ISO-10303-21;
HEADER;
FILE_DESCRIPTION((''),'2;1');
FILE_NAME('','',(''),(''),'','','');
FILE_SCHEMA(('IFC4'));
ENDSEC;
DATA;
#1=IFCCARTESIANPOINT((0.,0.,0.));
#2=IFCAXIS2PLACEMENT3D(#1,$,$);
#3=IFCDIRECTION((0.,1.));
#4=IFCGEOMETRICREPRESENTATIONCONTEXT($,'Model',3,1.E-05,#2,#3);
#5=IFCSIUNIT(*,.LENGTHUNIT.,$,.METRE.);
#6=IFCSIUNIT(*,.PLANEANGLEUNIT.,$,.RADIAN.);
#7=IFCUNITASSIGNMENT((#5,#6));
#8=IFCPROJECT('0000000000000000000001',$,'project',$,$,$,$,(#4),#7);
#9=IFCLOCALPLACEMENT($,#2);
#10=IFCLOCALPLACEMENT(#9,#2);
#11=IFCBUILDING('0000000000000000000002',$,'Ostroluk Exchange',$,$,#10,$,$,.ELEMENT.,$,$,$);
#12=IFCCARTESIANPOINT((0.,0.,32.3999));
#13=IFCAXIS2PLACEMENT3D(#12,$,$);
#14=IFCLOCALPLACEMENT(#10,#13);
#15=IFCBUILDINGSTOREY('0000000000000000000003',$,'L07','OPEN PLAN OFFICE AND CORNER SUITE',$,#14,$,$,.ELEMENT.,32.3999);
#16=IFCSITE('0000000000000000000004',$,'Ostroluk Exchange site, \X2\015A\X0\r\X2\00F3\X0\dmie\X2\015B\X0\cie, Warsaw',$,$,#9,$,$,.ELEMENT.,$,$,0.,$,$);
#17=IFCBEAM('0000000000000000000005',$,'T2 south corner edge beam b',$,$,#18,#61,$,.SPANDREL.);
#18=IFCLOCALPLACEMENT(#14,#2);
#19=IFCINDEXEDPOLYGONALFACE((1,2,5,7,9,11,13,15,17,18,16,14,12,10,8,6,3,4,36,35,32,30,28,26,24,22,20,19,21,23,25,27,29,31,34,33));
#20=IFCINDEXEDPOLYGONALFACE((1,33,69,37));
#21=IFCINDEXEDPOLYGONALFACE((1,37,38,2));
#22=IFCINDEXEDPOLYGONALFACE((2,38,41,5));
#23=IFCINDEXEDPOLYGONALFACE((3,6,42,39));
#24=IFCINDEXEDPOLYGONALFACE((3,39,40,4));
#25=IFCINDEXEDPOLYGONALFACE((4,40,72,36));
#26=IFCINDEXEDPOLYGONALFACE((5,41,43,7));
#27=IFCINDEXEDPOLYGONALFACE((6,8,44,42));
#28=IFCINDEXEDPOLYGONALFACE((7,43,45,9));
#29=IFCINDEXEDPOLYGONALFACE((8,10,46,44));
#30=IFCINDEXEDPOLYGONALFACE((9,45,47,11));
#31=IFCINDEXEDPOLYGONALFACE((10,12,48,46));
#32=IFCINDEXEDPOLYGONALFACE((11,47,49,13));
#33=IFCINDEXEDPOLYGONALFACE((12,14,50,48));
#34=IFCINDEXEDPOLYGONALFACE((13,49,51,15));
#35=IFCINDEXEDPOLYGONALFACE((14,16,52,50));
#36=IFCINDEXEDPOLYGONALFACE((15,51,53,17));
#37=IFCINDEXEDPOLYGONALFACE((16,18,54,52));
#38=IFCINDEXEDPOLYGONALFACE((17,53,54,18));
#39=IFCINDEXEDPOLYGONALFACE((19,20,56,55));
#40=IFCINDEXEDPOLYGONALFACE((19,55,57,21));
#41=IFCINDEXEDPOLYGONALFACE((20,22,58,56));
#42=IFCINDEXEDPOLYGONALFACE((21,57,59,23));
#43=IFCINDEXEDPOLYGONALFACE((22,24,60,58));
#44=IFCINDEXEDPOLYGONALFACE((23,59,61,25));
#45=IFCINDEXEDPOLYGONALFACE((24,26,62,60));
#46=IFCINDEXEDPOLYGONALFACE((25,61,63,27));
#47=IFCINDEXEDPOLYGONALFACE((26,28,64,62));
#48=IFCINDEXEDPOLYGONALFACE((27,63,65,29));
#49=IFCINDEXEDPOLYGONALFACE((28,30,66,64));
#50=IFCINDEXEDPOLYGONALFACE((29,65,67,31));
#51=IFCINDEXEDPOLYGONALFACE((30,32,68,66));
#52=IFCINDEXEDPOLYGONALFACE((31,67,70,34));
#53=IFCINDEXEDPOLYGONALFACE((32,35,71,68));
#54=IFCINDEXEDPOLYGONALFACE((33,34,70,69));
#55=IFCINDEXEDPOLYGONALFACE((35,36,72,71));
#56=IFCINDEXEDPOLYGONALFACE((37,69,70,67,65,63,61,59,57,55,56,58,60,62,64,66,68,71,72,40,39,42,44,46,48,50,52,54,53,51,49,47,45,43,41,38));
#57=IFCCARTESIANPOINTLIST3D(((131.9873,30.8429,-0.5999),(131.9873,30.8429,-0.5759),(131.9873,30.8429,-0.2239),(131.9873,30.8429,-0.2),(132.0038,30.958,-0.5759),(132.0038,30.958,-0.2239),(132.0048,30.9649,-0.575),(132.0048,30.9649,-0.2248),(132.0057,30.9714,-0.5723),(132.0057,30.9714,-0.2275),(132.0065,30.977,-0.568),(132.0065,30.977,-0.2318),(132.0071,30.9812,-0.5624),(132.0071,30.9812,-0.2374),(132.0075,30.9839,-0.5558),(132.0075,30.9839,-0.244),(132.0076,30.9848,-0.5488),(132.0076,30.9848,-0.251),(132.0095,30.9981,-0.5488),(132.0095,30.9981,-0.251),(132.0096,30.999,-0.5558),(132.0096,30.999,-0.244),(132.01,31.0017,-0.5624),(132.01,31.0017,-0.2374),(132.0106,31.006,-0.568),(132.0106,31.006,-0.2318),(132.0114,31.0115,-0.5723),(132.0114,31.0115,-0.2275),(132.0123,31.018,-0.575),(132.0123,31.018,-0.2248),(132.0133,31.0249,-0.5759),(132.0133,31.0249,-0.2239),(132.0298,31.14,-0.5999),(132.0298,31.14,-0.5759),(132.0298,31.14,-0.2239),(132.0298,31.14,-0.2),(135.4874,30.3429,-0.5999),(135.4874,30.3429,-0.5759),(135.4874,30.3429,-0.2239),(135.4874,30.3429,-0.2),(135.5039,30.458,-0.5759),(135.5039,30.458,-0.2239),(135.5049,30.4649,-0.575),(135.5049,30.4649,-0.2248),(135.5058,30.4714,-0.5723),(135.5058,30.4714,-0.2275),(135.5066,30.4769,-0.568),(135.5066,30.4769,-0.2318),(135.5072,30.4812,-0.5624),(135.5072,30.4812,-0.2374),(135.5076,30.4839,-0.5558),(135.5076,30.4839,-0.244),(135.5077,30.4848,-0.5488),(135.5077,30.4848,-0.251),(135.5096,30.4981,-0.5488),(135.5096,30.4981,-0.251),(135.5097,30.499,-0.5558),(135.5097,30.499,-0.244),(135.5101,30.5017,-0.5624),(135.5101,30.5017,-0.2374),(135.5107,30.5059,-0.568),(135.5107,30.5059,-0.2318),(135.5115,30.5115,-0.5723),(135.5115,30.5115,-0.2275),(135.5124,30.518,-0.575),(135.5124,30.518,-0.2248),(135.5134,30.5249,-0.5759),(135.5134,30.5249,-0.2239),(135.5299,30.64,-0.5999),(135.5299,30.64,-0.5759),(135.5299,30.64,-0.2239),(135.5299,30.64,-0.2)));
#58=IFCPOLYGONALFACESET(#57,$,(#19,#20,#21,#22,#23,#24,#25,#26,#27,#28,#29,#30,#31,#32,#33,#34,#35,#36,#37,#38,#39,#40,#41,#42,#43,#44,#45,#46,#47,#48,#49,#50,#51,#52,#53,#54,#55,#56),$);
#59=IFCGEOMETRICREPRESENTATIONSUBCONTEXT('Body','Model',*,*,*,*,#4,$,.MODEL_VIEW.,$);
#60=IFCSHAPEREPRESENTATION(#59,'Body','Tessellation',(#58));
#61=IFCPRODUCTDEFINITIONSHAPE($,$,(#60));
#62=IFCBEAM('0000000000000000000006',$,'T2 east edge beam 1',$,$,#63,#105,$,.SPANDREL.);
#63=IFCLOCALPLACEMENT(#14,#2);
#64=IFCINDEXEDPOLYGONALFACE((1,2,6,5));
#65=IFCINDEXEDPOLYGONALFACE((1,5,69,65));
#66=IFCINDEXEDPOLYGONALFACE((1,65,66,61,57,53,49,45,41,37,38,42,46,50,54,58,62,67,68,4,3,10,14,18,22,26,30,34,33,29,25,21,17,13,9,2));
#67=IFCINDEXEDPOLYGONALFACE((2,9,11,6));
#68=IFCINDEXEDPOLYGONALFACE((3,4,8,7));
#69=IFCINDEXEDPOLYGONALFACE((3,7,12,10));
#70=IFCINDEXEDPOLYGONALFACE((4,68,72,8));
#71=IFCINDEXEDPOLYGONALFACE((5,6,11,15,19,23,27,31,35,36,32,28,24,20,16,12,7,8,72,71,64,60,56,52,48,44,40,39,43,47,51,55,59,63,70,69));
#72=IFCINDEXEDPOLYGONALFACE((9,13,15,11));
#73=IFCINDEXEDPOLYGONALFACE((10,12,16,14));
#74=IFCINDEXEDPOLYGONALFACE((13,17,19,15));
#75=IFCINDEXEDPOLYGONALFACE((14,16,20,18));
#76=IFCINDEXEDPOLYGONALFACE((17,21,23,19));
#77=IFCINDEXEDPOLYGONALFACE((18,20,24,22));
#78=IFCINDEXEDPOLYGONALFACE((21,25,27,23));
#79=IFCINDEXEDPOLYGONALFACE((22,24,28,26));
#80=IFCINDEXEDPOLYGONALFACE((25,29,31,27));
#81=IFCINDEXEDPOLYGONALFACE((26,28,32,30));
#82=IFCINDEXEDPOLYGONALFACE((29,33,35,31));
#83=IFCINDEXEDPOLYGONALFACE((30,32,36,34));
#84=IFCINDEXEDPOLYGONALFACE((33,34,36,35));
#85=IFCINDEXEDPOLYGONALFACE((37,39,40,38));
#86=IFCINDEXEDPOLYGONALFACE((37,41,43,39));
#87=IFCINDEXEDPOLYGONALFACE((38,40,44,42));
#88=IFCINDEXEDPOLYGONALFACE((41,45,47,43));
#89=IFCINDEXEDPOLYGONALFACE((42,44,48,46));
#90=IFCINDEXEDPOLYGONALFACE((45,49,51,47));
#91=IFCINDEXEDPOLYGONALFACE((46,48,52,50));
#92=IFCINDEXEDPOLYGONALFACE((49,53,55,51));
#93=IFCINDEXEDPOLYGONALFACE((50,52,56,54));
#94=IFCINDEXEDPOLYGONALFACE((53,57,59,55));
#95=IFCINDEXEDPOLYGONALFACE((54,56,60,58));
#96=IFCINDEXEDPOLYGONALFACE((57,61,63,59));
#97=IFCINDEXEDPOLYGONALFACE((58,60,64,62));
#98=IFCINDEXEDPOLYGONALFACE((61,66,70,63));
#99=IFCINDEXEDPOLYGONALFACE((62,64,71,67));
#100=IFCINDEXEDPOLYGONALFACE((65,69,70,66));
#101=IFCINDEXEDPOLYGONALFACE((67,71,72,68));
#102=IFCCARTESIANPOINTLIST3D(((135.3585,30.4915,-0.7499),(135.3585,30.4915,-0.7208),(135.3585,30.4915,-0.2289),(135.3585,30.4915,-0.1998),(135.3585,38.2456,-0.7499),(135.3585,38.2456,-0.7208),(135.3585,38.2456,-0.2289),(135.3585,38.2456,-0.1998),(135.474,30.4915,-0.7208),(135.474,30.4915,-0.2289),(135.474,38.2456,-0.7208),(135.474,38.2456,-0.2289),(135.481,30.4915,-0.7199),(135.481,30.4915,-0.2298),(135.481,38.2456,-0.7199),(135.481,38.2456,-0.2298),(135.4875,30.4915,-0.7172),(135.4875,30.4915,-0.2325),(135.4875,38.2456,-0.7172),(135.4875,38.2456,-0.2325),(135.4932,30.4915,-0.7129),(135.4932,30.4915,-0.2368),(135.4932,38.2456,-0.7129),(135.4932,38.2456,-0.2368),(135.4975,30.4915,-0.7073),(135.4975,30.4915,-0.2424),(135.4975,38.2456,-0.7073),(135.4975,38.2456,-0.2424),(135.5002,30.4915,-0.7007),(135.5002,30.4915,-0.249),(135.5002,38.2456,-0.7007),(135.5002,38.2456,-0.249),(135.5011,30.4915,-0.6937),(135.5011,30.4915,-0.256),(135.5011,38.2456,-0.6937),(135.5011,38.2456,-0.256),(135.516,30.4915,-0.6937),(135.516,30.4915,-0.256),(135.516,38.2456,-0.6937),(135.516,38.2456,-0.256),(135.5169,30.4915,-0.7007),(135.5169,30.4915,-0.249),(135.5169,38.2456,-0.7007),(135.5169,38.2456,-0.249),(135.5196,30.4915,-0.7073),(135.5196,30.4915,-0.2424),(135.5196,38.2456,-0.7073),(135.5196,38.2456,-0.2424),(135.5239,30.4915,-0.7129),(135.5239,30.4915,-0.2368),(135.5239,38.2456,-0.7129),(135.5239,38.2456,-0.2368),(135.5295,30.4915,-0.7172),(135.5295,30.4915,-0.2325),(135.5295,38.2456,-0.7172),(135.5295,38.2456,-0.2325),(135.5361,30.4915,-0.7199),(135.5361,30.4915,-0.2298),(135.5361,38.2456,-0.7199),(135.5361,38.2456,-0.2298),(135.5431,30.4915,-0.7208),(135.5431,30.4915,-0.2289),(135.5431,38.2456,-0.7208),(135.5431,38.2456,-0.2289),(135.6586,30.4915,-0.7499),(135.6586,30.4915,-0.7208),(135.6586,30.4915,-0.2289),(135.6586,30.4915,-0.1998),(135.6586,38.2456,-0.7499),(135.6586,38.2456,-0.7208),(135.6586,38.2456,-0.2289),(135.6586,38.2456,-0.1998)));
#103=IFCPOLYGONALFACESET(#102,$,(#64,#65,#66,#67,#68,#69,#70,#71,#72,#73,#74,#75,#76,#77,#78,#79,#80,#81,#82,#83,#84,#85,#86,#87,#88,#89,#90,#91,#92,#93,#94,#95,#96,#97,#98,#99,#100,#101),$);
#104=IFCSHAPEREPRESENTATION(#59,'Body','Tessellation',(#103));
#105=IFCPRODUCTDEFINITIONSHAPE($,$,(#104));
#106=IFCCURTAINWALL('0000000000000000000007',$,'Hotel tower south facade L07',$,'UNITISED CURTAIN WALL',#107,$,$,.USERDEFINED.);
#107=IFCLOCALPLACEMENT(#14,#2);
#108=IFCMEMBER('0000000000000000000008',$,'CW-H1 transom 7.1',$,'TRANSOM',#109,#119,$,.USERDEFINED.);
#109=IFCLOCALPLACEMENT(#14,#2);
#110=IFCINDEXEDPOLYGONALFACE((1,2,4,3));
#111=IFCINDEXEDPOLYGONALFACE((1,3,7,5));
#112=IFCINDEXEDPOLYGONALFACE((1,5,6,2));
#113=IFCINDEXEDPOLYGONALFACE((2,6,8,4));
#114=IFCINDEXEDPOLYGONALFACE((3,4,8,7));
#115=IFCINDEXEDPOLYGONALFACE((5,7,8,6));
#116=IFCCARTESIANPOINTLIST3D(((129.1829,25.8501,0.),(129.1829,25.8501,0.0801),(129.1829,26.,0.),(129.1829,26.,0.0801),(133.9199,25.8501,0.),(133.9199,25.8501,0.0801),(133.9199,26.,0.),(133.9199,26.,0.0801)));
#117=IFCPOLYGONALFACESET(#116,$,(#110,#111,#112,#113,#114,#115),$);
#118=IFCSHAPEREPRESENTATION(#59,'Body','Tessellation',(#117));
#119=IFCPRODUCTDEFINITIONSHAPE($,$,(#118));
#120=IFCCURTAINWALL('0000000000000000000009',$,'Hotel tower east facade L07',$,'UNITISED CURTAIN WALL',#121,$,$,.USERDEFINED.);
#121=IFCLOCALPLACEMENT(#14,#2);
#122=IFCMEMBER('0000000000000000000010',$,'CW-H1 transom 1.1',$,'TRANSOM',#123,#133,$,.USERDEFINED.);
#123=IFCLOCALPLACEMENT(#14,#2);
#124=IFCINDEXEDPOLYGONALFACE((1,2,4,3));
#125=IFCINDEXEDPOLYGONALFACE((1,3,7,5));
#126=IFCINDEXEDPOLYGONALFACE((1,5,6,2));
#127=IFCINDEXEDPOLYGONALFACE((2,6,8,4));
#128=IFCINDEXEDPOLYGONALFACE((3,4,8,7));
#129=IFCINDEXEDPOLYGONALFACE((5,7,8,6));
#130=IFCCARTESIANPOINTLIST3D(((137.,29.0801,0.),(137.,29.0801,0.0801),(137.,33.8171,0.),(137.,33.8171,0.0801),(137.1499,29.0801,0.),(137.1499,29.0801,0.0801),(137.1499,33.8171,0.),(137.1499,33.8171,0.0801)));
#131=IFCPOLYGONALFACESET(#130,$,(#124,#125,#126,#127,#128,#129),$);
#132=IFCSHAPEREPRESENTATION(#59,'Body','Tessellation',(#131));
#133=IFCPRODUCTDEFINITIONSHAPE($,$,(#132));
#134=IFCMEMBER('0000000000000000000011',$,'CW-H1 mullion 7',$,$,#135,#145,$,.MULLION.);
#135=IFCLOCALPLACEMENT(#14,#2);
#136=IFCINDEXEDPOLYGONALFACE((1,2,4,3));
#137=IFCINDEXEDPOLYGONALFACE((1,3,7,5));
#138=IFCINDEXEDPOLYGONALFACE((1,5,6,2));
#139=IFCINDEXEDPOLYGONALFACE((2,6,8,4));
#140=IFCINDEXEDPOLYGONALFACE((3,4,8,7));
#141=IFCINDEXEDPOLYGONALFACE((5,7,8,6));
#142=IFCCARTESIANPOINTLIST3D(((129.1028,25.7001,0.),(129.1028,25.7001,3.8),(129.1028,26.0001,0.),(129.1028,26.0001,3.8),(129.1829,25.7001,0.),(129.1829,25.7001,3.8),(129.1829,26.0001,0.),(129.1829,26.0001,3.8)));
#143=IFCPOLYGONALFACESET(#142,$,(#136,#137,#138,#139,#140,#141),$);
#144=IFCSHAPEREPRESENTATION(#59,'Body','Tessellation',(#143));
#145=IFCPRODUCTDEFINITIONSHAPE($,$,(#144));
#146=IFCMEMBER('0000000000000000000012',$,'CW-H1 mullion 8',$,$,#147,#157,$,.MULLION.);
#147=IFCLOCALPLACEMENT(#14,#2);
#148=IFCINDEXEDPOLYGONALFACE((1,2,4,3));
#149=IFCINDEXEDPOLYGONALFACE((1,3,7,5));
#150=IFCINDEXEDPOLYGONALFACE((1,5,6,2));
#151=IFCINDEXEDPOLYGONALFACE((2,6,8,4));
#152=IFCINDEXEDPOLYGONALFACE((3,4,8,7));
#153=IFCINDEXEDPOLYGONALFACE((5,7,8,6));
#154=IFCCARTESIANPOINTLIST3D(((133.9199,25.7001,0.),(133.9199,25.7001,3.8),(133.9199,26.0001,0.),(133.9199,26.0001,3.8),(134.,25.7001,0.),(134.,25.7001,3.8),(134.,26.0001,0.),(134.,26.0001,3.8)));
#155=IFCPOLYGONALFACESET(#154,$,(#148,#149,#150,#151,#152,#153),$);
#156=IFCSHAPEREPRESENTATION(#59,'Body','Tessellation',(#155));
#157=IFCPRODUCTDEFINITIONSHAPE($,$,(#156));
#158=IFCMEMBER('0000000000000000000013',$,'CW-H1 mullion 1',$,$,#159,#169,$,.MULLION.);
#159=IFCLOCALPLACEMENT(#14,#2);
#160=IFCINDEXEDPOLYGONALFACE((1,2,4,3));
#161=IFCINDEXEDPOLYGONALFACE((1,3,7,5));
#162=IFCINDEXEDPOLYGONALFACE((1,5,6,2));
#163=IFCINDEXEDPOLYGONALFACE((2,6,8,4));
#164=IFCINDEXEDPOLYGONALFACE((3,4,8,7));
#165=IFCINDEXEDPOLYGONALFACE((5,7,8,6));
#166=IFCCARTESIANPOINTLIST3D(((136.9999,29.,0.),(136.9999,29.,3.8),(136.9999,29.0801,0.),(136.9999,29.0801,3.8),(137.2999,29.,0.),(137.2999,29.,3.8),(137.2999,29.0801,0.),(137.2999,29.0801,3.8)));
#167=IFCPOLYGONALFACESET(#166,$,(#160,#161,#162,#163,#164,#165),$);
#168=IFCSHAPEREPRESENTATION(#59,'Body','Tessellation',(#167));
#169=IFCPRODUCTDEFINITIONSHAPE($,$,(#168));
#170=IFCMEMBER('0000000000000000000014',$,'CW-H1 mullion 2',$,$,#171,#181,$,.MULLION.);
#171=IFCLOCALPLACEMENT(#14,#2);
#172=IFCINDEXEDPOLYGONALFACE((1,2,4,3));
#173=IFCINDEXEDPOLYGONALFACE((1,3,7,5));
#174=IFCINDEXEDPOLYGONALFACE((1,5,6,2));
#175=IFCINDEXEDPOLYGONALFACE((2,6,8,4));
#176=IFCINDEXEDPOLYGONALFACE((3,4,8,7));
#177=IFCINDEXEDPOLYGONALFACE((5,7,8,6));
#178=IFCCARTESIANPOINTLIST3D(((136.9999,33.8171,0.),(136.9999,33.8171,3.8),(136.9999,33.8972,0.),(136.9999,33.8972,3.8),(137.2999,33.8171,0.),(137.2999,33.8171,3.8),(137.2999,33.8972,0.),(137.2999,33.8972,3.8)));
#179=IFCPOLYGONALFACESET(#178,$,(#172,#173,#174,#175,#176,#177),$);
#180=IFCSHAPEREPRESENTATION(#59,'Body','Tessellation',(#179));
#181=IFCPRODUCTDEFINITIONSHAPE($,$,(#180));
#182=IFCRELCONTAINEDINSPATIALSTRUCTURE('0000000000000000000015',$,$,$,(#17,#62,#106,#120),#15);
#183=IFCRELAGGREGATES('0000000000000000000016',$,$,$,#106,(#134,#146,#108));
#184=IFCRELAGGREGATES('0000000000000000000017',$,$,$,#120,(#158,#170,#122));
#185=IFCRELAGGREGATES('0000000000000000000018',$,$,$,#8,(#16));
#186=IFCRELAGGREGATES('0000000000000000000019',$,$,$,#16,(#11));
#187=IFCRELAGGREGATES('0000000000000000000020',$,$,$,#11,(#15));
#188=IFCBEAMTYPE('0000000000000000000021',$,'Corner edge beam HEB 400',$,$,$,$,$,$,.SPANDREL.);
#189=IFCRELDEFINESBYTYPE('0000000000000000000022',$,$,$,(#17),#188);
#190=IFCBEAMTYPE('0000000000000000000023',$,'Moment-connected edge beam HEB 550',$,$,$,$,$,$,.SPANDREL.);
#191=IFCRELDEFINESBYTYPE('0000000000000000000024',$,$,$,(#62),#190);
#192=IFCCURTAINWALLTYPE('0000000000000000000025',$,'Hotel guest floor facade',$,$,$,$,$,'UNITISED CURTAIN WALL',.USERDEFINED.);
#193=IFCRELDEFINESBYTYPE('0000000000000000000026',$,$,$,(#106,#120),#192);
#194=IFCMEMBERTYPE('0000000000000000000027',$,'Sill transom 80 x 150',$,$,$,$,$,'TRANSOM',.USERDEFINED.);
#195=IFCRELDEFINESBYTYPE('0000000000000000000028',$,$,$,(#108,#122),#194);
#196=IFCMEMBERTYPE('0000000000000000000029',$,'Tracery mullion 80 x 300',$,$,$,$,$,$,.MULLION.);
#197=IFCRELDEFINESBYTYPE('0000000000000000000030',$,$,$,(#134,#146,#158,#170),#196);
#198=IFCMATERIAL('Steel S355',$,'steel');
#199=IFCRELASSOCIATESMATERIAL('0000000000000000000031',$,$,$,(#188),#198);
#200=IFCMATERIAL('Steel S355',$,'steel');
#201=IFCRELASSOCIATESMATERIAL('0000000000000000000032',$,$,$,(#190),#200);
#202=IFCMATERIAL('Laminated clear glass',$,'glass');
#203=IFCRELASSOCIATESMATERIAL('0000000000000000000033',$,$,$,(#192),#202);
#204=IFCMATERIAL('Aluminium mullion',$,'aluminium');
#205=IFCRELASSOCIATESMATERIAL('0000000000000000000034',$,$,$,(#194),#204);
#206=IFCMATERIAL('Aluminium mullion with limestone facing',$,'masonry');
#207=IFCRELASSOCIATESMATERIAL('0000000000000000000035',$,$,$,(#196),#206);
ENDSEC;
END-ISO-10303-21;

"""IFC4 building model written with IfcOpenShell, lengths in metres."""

from ifc_helpers import new_model, si_unit, direction, frame, origin, origin_2d, place, context, subcontext, project, spatial, rectangle, i_section, extrude, material, material_profile, profile_set, type_object, element, aggregate, save


model = new_model("IFC4")

# Units and contexts
model_context = context("Model", 3, precision=1e-05, world=origin(), true_north=direction((0.0, 1.0)))
body_context = subcontext(model_context, "Body", "Model", "MODEL_VIEW")
ifc_project = project(units=[si_unit("LENGTHUNIT", "METRE"), si_unit("PLANEANGLEUNIT", "RADIAN")], contexts=[model_context])

# Site, building, storey
site_placement = place(None, origin())
site = spatial("IfcSite", under=ifc_project, at=site_placement, Name="Ostroluk Exchange site, Śródmieście, Warsaw", CompositionType="ELEMENT", RefElevation=0.0)
building_placement = place(site_placement, origin())
building = spatial("IfcBuilding", under=site, at=building_placement, Name="Ostroluk Exchange", CompositionType="ELEMENT")
storey_placement = place(building_placement, frame((0.0, 0.0, 32.3999)))
storey = spatial("IfcBuildingStorey", under=building, at=storey_placement, Name="L07", Description="OPEN PLAN OFFICE AND CORNER SUITE", CompositionType="ELEMENT", Elevation=32.3999)

# Beams
ifc_material_1 = material(Name="Steel S355", Category="steel")
ifc_material_profile_1 = material_profile(ifc_material_1, i_section(OverallWidth=0.3, OverallDepth=0.3999, WebThickness=0.0134, FlangeThickness=0.0239, FilletRadius=0.0271, at=origin_2d()), Name="HEB 400")
ifc_profile_set_1 = profile_set([ifc_material_profile_1], Name="Steel S355")
beam_type_1 = type_object("IfcBeamType", Name="Corner edge beam HEB 400", PredefinedType="SPANDREL", material=ifc_profile_set_1)
for number, where, z_axis, x_axis, name in (
    (1, (132.0085, 30.9915, -0.3999), (0.989949, -0.141421, 0.0), (0.141421, 0.989949, 0.0), "T2 south corner edge beam b"),
):
    element("IfcBeam", number, at=place(storey_placement, frame(where, z_axis=z_axis, x_axis=x_axis)), inside=storey, type_object=beam_type_1, Name=name, PredefinedType="SPANDREL", context=body_context, shape_type="SweptSolid", body=[
        extrude(i_section(OverallWidth=0.3, OverallDepth=0.3999, WebThickness=0.0134, FlangeThickness=0.0239, FilletRadius=0.0271, at=origin_2d()), origin(), (0.0, 0.0, 1.0), 3.5356),
    ])
ifc_material_2 = material(Name="Steel S355", Category="steel")
ifc_material_profile_2 = material_profile(ifc_material_2, i_section(OverallWidth=0.3, OverallDepth=0.55, WebThickness=0.0149, FlangeThickness=0.0291, FilletRadius=0.0271, at=origin_2d()), Name="HEB 550")
ifc_profile_set_2 = profile_set([ifc_material_profile_2], Name="Steel S355")
beam_type_2 = type_object("IfcBeamType", Name="Moment-connected edge beam HEB 550", PredefinedType="SPANDREL", material=ifc_profile_set_2)
beam_1_placement = place(storey_placement, frame((135.5085, 30.4915, -0.4749), z_axis=(0.0, 1.0, 0.0), x_axis=(-1.0, 0.0, 0.0)))
element("IfcBeam", 2, at=beam_1_placement, inside=storey, type_object=beam_type_2, Name="T2 east edge beam 1", PredefinedType="SPANDREL", context=body_context, shape_type="SweptSolid", body=[
    extrude(i_section(OverallWidth=0.3, OverallDepth=0.55, WebThickness=0.0149, FlangeThickness=0.0291, FilletRadius=0.0271, at=origin_2d()), origin(), (0.0, 0.0, 1.0), 7.7542),
])

# Curtain walls, members
ifc_material_3 = material(Name="Laminated clear glass", Category="glass")
curtain_wall_type = type_object("IfcCurtainWallType", Name="Hotel guest floor facade", ElementType="UNITISED CURTAIN WALL", PredefinedType="USERDEFINED", material=ifc_material_3)
curtain_wall_1_placement = place(storey_placement, origin())
curtain_wall_1 = element("IfcCurtainWall", 3, at=curtain_wall_1_placement, inside=storey, type_object=curtain_wall_type, Name="Hotel tower south facade L07", ObjectType="UNITISED CURTAIN WALL", PredefinedType="USERDEFINED")
ifc_material_4 = material(Name="Aluminium mullion", Category="aluminium")
ifc_material_profile_3 = material_profile(ifc_material_4, rectangle(XDim=0.1499, YDim=0.0801, at=origin_2d()), Name="Sill transom 80 x 150")
ifc_profile_set_3 = profile_set([ifc_material_profile_3], Name="Aluminium mullion")
member_type_1 = type_object("IfcMemberType", Name="Sill transom 80 x 150", ElementType="TRANSOM", PredefinedType="USERDEFINED", material=ifc_profile_set_3)
member_1_placement = place(storey_placement, frame((129.1829, 25.925, 0.04), z_axis=(1.0, 0.0, 0.0), x_axis=(0.0, 1.0, 0.0)))
member_1 = element("IfcMember", 4, at=member_1_placement, type_object=member_type_1, Name="CW-H1 transom 7.1", ObjectType="TRANSOM", PredefinedType="USERDEFINED", context=body_context, shape_type="SweptSolid", body=[
    extrude(rectangle(XDim=0.1499, YDim=0.0801, at=origin_2d()), origin(), (0.0, 0.0, 1.0), 4.7371),
])
curtain_wall_2_placement = place(storey_placement, origin())
curtain_wall_2 = element("IfcCurtainWall", 5, at=curtain_wall_2_placement, inside=storey, type_object=curtain_wall_type, Name="Hotel tower east facade L07", ObjectType="UNITISED CURTAIN WALL", PredefinedType="USERDEFINED")
member_2_placement = place(storey_placement, frame((137.075, 29.0801, 0.04), z_axis=(0.0, 1.0, 0.0), x_axis=(-1.0, 0.0, 0.0)))
member_2 = element("IfcMember", 6, at=member_2_placement, type_object=member_type_1, Name="CW-H1 transom 1.1", ObjectType="TRANSOM", PredefinedType="USERDEFINED", context=body_context, shape_type="SweptSolid", body=[
    extrude(rectangle(XDim=0.1499, YDim=0.0801, at=origin_2d()), origin(), (0.0, 0.0, 1.0), 4.7371),
])

# Members
ifc_material_5 = material(Name="Aluminium mullion with limestone facing", Category="masonry")
ifc_material_profile_4 = material_profile(ifc_material_5, rectangle(XDim=0.3, YDim=0.0801, at=origin_2d()), Name="Tracery mullion 80 x 300")
ifc_profile_set_4 = profile_set([ifc_material_profile_4], Name="Aluminium mullion with limestone facing")
member_type_2 = type_object("IfcMemberType", Name="Tracery mullion 80 x 300", PredefinedType="MULLION", material=ifc_profile_set_4)
member_3_placement = place(storey_placement, frame((129.1428, 25.8501, 0.0), z_axis=(0.0, 0.0, 1.0), x_axis=(0.0, 1.0, 0.0)))
member_3 = element("IfcMember", 7, at=member_3_placement, type_object=member_type_2, Name="CW-H1 mullion 7", PredefinedType="MULLION", context=body_context, shape_type="SweptSolid", body=[
    extrude(rectangle(XDim=0.3, YDim=0.0801, at=origin_2d()), origin(), (0.0, 0.0, 1.0), 3.8),
])
member_4_placement = place(storey_placement, frame((133.96, 25.8501, 0.0), z_axis=(0.0, 0.0, 1.0), x_axis=(0.0, 1.0, 0.0)))
member_4 = element("IfcMember", 8, at=member_4_placement, type_object=member_type_2, Name="CW-H1 mullion 8", PredefinedType="MULLION", context=body_context, shape_type="SweptSolid", body=[
    extrude(rectangle(XDim=0.3, YDim=0.0801, at=origin_2d()), origin(), (0.0, 0.0, 1.0), 3.8),
])
member_5_placement = place(storey_placement, frame((137.1499, 29.04, 0.0), z_axis=(0.0, 0.0, 1.0), x_axis=(-1.0, 0.0, 0.0)))
member_5 = element("IfcMember", 9, at=member_5_placement, type_object=member_type_2, Name="CW-H1 mullion 1", PredefinedType="MULLION", context=body_context, shape_type="SweptSolid", body=[
    extrude(rectangle(XDim=0.3, YDim=0.0801, at=origin_2d()), origin(), (0.0, 0.0, 1.0), 3.8),
])
member_6_placement = place(storey_placement, frame((137.1499, 33.8572, 0.0), z_axis=(0.0, 0.0, 1.0), x_axis=(-1.0, 0.0, 0.0)))
member_6 = element("IfcMember", 10, at=member_6_placement, type_object=member_type_2, Name="CW-H1 mullion 2", PredefinedType="MULLION", context=body_context, shape_type="SweptSolid", body=[
    extrude(rectangle(XDim=0.3, YDim=0.0801, at=origin_2d()), origin(), (0.0, 0.0, 1.0), 3.8),
])

aggregate(curtain_wall_1, [member_3, member_4, member_1])
aggregate(curtain_wall_2, [member_5, member_6, member_2])

save(model, "model.ifc")
